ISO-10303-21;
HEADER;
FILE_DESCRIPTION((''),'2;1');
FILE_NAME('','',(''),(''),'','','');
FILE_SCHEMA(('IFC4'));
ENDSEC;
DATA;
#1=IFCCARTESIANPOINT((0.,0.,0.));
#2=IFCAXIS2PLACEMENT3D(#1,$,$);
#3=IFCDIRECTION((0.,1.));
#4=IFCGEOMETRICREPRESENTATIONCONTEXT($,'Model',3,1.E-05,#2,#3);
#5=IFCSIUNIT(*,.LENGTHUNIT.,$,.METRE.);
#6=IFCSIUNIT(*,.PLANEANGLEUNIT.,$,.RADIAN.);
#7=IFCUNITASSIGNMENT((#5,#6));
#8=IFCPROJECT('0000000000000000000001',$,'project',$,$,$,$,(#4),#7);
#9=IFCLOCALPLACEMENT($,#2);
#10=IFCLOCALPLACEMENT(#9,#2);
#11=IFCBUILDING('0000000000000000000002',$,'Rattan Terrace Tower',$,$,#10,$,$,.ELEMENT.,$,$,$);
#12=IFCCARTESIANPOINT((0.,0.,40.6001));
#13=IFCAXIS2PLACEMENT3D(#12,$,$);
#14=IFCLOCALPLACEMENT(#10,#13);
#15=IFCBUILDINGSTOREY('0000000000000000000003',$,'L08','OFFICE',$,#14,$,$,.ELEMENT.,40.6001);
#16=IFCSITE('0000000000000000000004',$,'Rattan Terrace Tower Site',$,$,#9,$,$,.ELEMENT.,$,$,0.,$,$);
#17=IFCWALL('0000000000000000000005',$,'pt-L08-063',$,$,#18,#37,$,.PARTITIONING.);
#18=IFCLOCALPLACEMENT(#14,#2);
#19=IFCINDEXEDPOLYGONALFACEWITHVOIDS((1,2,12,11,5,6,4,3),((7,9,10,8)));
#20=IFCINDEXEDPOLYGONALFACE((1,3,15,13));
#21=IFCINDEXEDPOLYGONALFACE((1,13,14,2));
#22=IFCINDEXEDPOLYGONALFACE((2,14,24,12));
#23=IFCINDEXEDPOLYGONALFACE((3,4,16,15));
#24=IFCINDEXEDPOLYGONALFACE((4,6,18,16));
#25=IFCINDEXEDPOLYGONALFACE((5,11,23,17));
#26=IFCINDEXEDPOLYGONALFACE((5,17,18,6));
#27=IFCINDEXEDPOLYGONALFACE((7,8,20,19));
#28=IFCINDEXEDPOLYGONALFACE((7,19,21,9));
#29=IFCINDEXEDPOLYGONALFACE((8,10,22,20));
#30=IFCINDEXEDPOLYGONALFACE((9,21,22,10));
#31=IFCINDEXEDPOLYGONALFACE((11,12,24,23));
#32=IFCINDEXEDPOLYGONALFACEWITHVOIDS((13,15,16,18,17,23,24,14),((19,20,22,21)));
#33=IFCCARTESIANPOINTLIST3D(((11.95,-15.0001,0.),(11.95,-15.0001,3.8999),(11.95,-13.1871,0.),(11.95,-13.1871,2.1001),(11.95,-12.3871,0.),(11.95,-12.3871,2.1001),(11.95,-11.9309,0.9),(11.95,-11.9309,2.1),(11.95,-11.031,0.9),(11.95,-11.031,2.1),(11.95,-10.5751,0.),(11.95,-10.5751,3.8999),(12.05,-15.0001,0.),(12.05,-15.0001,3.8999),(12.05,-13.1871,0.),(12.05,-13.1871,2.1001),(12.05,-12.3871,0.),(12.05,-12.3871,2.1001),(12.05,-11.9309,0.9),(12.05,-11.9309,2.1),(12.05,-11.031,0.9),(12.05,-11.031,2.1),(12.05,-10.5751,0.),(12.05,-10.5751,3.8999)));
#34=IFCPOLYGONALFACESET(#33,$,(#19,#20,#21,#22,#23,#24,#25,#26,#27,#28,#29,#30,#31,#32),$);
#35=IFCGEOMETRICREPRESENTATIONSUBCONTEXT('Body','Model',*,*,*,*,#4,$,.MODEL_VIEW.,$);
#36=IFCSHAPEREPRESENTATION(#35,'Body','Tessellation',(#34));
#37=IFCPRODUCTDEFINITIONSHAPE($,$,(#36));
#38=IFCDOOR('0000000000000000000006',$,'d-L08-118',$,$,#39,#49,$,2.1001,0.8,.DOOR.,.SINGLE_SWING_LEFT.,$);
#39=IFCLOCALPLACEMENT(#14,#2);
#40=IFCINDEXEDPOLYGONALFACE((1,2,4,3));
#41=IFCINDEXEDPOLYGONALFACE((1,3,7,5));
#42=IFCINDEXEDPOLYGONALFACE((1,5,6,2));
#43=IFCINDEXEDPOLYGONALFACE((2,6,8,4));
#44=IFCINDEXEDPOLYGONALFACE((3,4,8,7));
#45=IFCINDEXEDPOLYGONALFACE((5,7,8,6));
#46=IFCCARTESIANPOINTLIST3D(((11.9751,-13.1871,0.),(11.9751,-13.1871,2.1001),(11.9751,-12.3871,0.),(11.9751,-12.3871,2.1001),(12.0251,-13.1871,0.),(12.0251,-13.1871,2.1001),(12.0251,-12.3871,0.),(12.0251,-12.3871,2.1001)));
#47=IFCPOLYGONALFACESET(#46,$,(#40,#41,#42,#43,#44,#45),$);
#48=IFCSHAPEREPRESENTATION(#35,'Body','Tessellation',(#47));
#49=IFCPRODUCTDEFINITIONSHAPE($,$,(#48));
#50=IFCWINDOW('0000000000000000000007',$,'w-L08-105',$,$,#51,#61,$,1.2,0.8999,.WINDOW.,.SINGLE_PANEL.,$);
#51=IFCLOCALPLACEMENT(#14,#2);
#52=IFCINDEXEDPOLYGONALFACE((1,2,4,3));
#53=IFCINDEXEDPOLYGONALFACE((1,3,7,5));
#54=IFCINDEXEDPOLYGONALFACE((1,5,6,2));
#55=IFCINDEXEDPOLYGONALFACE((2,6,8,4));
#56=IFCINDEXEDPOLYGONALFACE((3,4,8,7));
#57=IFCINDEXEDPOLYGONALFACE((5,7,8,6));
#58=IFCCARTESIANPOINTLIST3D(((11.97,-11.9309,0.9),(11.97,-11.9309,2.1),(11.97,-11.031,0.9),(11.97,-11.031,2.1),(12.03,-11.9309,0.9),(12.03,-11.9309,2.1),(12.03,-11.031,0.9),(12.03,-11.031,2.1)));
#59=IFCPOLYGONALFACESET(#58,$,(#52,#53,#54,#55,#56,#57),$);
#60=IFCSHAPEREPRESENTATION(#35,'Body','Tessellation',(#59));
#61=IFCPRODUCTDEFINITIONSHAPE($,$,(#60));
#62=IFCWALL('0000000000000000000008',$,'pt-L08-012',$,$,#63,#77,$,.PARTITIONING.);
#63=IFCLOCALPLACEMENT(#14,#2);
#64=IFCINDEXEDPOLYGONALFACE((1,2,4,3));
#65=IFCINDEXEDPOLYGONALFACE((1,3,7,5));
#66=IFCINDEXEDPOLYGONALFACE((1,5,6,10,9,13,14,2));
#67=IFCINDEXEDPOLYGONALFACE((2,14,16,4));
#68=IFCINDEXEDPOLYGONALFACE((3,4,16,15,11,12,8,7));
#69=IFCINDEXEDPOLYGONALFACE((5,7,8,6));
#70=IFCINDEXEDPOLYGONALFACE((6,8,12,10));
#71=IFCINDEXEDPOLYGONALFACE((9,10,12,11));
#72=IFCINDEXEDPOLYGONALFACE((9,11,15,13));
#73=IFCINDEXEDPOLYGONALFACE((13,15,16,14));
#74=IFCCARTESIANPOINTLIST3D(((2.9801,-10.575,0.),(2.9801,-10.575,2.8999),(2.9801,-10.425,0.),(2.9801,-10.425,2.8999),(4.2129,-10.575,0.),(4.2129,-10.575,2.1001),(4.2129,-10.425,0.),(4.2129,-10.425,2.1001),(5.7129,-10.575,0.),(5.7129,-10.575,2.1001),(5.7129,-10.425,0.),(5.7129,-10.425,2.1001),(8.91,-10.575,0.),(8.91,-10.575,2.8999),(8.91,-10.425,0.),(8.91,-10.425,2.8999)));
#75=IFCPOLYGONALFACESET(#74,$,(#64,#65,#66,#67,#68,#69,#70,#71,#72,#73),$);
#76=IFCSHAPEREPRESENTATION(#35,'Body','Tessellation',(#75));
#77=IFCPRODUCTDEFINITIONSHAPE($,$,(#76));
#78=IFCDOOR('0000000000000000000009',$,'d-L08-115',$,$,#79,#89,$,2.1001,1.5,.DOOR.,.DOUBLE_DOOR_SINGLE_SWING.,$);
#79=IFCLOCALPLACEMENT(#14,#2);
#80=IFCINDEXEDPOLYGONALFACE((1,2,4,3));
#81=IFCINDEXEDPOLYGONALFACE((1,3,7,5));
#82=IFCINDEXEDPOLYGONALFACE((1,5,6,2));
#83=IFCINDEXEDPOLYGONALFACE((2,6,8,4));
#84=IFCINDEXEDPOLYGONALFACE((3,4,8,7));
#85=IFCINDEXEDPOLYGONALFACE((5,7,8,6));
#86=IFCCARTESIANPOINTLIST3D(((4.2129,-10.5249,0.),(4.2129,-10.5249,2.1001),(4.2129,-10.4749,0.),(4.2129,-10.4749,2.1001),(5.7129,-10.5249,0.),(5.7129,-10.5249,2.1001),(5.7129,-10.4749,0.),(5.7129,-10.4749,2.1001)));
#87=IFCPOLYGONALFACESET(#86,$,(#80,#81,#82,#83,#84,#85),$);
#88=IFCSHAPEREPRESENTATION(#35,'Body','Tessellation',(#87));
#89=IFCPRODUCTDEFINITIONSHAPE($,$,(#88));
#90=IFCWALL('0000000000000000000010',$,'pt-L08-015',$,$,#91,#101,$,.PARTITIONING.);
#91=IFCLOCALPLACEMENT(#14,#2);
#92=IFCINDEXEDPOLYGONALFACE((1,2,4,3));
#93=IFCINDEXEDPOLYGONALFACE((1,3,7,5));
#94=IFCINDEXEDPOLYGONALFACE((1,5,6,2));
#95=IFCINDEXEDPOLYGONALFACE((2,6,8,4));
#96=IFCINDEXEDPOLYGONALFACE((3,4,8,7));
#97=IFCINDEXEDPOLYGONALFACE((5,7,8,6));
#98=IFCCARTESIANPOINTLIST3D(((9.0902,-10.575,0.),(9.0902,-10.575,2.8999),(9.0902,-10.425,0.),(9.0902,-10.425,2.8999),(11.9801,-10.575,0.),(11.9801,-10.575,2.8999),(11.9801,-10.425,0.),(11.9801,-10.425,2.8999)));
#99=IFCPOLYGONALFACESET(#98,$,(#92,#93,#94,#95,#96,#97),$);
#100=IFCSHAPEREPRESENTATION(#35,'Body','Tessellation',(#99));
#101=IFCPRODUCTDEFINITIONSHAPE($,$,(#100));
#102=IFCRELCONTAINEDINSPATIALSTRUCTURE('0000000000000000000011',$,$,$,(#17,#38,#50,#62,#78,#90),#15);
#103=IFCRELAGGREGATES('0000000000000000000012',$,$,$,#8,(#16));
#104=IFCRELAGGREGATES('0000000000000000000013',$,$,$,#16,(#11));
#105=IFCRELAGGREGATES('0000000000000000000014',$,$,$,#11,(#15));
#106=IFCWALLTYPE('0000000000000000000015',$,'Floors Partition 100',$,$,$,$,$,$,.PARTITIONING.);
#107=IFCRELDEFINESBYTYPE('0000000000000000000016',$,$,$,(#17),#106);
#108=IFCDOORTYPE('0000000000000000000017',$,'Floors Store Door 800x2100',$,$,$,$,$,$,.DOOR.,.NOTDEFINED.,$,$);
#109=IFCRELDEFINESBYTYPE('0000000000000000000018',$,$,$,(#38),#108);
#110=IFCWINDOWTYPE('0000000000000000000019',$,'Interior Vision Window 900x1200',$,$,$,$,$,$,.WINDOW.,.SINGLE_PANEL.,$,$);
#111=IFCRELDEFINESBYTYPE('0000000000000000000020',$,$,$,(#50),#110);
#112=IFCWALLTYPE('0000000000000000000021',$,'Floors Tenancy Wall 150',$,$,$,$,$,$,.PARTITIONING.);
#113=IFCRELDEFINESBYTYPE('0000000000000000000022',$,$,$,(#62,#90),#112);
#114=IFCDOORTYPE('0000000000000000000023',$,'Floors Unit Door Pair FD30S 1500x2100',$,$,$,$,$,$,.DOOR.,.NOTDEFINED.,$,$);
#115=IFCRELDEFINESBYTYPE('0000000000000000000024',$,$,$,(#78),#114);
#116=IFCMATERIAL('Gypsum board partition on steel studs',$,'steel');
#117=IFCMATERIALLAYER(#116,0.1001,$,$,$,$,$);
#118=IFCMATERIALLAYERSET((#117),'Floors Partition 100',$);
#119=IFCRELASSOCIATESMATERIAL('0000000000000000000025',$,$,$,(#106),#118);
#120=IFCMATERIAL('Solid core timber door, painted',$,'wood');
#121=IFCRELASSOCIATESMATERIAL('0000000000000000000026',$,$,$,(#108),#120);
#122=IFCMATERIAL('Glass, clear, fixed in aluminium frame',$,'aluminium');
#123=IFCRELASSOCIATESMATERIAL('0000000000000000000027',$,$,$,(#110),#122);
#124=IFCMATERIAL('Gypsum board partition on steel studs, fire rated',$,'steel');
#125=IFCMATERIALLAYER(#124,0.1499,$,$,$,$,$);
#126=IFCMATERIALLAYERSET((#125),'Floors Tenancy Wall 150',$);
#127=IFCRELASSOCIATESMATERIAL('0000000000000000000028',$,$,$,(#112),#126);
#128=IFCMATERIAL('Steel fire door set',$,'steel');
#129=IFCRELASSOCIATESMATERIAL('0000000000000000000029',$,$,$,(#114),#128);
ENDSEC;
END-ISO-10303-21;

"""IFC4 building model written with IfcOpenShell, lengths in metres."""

from ifc_helpers import new_model, si_unit, direction, frame, frame_2d, origin, place, context, subcontext, project, spatial, rectangle, extrude, material, layer, layer_set, type_object, element, fill, save


model = new_model("IFC4")

# Units and contexts
model_context = context("Model", 3, precision=1e-05, world=origin(), true_north=direction((0.0, 1.0)))
body_context = subcontext(model_context, "Body", "Model", "MODEL_VIEW")
ifc_project = project(units=[si_unit("LENGTHUNIT", "METRE"), si_unit("PLANEANGLEUNIT", "RADIAN")], contexts=[model_context])

# Site, building, storey
site_placement = place(None, origin())
site = spatial("IfcSite", under=ifc_project, at=site_placement, Name="Rattan Terrace Tower Site", CompositionType="ELEMENT", RefElevation=0.0)
building_placement = place(site_placement, origin())
building = spatial("IfcBuilding", under=site, at=building_placement, Name="Rattan Terrace Tower", CompositionType="ELEMENT")
storey_placement = place(building_placement, frame((0.0, 0.0, 40.6001)))
storey = spatial("IfcBuildingStorey", under=building, at=storey_placement, Name="L08", Description="OFFICE", CompositionType="ELEMENT", Elevation=40.6001)

# Shared definitions
ifc_material_1 = material(Name="Gypsum board partition on steel studs", Category="steel")
ifc_layer_1 = layer(ifc_material_1, 0.1001)
ifc_layer_set_1 = layer_set([ifc_layer_1], Name="Floors Partition 100")
wall_type_1 = type_object("IfcWallType", Name="Floors Partition 100", PredefinedType="PARTITIONING", material=ifc_layer_set_1)

# Wall, openings, door, window
wall_1_placement = place(storey_placement, frame((12.0, -15.0, 0.0), z_axis=(0.0, 0.0, 1.0), x_axis=(0.0, 1.0, 0.0)))
wall_1 = element("IfcWall", 1, at=wall_1_placement, inside=storey, type_object=wall_type_1, Name="pt-L08-063", PredefinedType="PARTITIONING", context=body_context, shape_type="SweptSolid", body=[
    extrude(rectangle(XDim=4.425, YDim=0.1001, at=frame_2d((2.2124, 0.0))), origin(), (0.0, 0.0, 1.0), 3.8999),
])
opening_1_placement = place(wall_1_placement, frame((1.813, 0.0, 0.0)))
opening_1 = element("IfcOpeningElement", 2, at=opening_1_placement, cuts=wall_1, PredefinedType="OPENING", context=body_context, shape_type="SweptSolid", body=[
    extrude(rectangle(XDim=0.8, YDim=2.1001, at=frame_2d((0.3999, 1.05))), frame((0.0, 0.0605, 0.0), z_axis=(0.0, -1.0, 0.0), x_axis=(1.0, 0.0, 0.0)), (0.0, 0.0, 1.0), 0.1211),
])
opening_2_placement = place(wall_1_placement, frame((3.0691, 0.0, 0.8999)))
opening_2 = element("IfcOpeningElement", 3, at=opening_2_placement, cuts=wall_1, PredefinedType="OPENING", context=body_context, shape_type="SweptSolid", body=[
    extrude(rectangle(XDim=0.8999, YDim=1.2, at=frame_2d((0.45, 0.6001))), frame((0.0, 0.0605, 0.0), z_axis=(0.0, -1.0, 0.0), x_axis=(1.0, 0.0, 0.0)), (0.0, 0.0, 1.0), 0.1211),
])
ifc_material_2 = material(Name="Solid core timber door, painted", Category="wood")
door_type_1 = type_object("IfcDoorType", Name="Floors Store Door 800x2100", OperationType="NOTDEFINED", PredefinedType="DOOR", material=ifc_material_2)
door_1_placement = place(opening_1_placement, origin())
door_1 = element("IfcDoor", 4, at=door_1_placement, inside=storey, type_object=door_type_1, Name="d-L08-118", OperationType="SINGLE_SWING_LEFT", OverallHeight=2.1001, OverallWidth=0.8, PredefinedType="DOOR", context=body_context, shape_type="SweptSolid", body=[
    extrude(rectangle(XDim=0.8, YDim=2.1001, at=frame_2d((0.3999, 1.05))), frame((0.0, 0.0249, 0.0), z_axis=(0.0, -1.0, 0.0), x_axis=(1.0, 0.0, 0.0)), (0.0, 0.0, 1.0), 0.05),
])
fill(opening_1, door_1)
ifc_material_3 = material(Name="Glass, clear, fixed in aluminium frame", Category="aluminium")
window_type_1 = type_object("IfcWindowType", Name="Interior Vision Window 900x1200", PartitioningType="SINGLE_PANEL", PredefinedType="WINDOW", material=ifc_material_3)
window_1_placement = place(opening_2_placement, origin())
window_1 = element("IfcWindow", 5, at=window_1_placement, inside=storey, type_object=window_type_1, Name="w-L08-105", OverallHeight=1.2, OverallWidth=0.8999, PartitioningType="SINGLE_PANEL", PredefinedType="WINDOW", context=body_context, shape_type="SweptSolid", body=[
    extrude(rectangle(XDim=0.8999, YDim=1.2, at=frame_2d((0.45, 0.6001))), frame((0.0, 0.03, 0.0), z_axis=(0.0, -1.0, 0.0), x_axis=(1.0, 0.0, 0.0)), (0.0, 0.0, 1.0), 0.0601),
])
fill(opening_2, window_1)

# Wall, opening, door
ifc_material_4 = material(Name="Gypsum board partition on steel studs, fire rated", Category="steel")
ifc_layer_2 = layer(ifc_material_4, 0.1499)
ifc_layer_set_2 = layer_set([ifc_layer_2], Name="Floors Tenancy Wall 150")
wall_type_2 = type_object("IfcWallType", Name="Floors Tenancy Wall 150", PredefinedType="PARTITIONING", material=ifc_layer_set_2)
wall_2_placement = place(storey_placement, frame((8.9099, -10.5, 0.0), z_axis=(0.0, 0.0, 1.0), x_axis=(-1.0, 0.0, 0.0)))
wall_2 = element("IfcWall", 6, at=wall_2_placement, inside=storey, type_object=wall_type_2, Name="pt-L08-012", PredefinedType="PARTITIONING", context=body_context, shape_type="SweptSolid", body=[
    extrude(rectangle(XDim=5.9299, YDim=0.1499, at=frame_2d((2.9648, 0.0))), origin(), (0.0, 0.0, 1.0), 2.8999),
])
opening_3_placement = place(wall_2_placement, frame((3.197, 0.0, 0.0)))
opening_3 = element("IfcOpeningElement", 7, at=opening_3_placement, cuts=wall_2, PredefinedType="OPENING", context=body_context, shape_type="SweptSolid", body=[
    extrude(rectangle(XDim=1.5, YDim=2.1001, at=frame_2d((0.75, 1.05))), frame((0.0, 0.0854, 0.0), z_axis=(0.0, -1.0, 0.0), x_axis=(1.0, 0.0, 0.0)), (0.0, 0.0, 1.0), 0.1709),
])
ifc_material_5 = material(Name="Steel fire door set", Category="steel")
door_type_2 = type_object("IfcDoorType", Name="Floors Unit Door Pair FD30S 1500x2100", OperationType="NOTDEFINED", PredefinedType="DOOR", material=ifc_material_5)
door_2_placement = place(opening_3_placement, origin())
door_2 = element("IfcDoor", 8, at=door_2_placement, inside=storey, type_object=door_type_2, Name="d-L08-115", OperationType="DOUBLE_DOOR_SINGLE_SWING", OverallHeight=2.1001, OverallWidth=1.5, PredefinedType="DOOR", context=body_context, shape_type="SweptSolid", body=[
    extrude(rectangle(XDim=1.5, YDim=2.1001, at=frame_2d((0.75, 1.05))), frame((0.0, 0.0249, 0.0), z_axis=(0.0, -1.0, 0.0), x_axis=(1.0, 0.0, 0.0)), (0.0, 0.0, 1.0), 0.05),
])
fill(opening_3, door_2)

# Wall
wall_3_placement = place(storey_placement, frame((11.98, -10.5, 0.0), z_axis=(0.0, 0.0, 1.0), x_axis=(-1.0, 0.0, 0.0)))
element("IfcWall", 9, at=wall_3_placement, inside=storey, type_object=wall_type_2, Name="pt-L08-015", PredefinedType="PARTITIONING", context=body_context, shape_type="SweptSolid", body=[
    extrude(rectangle(XDim=2.8899, YDim=0.1499, at=frame_2d((1.4448, 0.0))), origin(), (0.0, 0.0, 1.0), 2.8999),
])

save(model, "model.ifc")
